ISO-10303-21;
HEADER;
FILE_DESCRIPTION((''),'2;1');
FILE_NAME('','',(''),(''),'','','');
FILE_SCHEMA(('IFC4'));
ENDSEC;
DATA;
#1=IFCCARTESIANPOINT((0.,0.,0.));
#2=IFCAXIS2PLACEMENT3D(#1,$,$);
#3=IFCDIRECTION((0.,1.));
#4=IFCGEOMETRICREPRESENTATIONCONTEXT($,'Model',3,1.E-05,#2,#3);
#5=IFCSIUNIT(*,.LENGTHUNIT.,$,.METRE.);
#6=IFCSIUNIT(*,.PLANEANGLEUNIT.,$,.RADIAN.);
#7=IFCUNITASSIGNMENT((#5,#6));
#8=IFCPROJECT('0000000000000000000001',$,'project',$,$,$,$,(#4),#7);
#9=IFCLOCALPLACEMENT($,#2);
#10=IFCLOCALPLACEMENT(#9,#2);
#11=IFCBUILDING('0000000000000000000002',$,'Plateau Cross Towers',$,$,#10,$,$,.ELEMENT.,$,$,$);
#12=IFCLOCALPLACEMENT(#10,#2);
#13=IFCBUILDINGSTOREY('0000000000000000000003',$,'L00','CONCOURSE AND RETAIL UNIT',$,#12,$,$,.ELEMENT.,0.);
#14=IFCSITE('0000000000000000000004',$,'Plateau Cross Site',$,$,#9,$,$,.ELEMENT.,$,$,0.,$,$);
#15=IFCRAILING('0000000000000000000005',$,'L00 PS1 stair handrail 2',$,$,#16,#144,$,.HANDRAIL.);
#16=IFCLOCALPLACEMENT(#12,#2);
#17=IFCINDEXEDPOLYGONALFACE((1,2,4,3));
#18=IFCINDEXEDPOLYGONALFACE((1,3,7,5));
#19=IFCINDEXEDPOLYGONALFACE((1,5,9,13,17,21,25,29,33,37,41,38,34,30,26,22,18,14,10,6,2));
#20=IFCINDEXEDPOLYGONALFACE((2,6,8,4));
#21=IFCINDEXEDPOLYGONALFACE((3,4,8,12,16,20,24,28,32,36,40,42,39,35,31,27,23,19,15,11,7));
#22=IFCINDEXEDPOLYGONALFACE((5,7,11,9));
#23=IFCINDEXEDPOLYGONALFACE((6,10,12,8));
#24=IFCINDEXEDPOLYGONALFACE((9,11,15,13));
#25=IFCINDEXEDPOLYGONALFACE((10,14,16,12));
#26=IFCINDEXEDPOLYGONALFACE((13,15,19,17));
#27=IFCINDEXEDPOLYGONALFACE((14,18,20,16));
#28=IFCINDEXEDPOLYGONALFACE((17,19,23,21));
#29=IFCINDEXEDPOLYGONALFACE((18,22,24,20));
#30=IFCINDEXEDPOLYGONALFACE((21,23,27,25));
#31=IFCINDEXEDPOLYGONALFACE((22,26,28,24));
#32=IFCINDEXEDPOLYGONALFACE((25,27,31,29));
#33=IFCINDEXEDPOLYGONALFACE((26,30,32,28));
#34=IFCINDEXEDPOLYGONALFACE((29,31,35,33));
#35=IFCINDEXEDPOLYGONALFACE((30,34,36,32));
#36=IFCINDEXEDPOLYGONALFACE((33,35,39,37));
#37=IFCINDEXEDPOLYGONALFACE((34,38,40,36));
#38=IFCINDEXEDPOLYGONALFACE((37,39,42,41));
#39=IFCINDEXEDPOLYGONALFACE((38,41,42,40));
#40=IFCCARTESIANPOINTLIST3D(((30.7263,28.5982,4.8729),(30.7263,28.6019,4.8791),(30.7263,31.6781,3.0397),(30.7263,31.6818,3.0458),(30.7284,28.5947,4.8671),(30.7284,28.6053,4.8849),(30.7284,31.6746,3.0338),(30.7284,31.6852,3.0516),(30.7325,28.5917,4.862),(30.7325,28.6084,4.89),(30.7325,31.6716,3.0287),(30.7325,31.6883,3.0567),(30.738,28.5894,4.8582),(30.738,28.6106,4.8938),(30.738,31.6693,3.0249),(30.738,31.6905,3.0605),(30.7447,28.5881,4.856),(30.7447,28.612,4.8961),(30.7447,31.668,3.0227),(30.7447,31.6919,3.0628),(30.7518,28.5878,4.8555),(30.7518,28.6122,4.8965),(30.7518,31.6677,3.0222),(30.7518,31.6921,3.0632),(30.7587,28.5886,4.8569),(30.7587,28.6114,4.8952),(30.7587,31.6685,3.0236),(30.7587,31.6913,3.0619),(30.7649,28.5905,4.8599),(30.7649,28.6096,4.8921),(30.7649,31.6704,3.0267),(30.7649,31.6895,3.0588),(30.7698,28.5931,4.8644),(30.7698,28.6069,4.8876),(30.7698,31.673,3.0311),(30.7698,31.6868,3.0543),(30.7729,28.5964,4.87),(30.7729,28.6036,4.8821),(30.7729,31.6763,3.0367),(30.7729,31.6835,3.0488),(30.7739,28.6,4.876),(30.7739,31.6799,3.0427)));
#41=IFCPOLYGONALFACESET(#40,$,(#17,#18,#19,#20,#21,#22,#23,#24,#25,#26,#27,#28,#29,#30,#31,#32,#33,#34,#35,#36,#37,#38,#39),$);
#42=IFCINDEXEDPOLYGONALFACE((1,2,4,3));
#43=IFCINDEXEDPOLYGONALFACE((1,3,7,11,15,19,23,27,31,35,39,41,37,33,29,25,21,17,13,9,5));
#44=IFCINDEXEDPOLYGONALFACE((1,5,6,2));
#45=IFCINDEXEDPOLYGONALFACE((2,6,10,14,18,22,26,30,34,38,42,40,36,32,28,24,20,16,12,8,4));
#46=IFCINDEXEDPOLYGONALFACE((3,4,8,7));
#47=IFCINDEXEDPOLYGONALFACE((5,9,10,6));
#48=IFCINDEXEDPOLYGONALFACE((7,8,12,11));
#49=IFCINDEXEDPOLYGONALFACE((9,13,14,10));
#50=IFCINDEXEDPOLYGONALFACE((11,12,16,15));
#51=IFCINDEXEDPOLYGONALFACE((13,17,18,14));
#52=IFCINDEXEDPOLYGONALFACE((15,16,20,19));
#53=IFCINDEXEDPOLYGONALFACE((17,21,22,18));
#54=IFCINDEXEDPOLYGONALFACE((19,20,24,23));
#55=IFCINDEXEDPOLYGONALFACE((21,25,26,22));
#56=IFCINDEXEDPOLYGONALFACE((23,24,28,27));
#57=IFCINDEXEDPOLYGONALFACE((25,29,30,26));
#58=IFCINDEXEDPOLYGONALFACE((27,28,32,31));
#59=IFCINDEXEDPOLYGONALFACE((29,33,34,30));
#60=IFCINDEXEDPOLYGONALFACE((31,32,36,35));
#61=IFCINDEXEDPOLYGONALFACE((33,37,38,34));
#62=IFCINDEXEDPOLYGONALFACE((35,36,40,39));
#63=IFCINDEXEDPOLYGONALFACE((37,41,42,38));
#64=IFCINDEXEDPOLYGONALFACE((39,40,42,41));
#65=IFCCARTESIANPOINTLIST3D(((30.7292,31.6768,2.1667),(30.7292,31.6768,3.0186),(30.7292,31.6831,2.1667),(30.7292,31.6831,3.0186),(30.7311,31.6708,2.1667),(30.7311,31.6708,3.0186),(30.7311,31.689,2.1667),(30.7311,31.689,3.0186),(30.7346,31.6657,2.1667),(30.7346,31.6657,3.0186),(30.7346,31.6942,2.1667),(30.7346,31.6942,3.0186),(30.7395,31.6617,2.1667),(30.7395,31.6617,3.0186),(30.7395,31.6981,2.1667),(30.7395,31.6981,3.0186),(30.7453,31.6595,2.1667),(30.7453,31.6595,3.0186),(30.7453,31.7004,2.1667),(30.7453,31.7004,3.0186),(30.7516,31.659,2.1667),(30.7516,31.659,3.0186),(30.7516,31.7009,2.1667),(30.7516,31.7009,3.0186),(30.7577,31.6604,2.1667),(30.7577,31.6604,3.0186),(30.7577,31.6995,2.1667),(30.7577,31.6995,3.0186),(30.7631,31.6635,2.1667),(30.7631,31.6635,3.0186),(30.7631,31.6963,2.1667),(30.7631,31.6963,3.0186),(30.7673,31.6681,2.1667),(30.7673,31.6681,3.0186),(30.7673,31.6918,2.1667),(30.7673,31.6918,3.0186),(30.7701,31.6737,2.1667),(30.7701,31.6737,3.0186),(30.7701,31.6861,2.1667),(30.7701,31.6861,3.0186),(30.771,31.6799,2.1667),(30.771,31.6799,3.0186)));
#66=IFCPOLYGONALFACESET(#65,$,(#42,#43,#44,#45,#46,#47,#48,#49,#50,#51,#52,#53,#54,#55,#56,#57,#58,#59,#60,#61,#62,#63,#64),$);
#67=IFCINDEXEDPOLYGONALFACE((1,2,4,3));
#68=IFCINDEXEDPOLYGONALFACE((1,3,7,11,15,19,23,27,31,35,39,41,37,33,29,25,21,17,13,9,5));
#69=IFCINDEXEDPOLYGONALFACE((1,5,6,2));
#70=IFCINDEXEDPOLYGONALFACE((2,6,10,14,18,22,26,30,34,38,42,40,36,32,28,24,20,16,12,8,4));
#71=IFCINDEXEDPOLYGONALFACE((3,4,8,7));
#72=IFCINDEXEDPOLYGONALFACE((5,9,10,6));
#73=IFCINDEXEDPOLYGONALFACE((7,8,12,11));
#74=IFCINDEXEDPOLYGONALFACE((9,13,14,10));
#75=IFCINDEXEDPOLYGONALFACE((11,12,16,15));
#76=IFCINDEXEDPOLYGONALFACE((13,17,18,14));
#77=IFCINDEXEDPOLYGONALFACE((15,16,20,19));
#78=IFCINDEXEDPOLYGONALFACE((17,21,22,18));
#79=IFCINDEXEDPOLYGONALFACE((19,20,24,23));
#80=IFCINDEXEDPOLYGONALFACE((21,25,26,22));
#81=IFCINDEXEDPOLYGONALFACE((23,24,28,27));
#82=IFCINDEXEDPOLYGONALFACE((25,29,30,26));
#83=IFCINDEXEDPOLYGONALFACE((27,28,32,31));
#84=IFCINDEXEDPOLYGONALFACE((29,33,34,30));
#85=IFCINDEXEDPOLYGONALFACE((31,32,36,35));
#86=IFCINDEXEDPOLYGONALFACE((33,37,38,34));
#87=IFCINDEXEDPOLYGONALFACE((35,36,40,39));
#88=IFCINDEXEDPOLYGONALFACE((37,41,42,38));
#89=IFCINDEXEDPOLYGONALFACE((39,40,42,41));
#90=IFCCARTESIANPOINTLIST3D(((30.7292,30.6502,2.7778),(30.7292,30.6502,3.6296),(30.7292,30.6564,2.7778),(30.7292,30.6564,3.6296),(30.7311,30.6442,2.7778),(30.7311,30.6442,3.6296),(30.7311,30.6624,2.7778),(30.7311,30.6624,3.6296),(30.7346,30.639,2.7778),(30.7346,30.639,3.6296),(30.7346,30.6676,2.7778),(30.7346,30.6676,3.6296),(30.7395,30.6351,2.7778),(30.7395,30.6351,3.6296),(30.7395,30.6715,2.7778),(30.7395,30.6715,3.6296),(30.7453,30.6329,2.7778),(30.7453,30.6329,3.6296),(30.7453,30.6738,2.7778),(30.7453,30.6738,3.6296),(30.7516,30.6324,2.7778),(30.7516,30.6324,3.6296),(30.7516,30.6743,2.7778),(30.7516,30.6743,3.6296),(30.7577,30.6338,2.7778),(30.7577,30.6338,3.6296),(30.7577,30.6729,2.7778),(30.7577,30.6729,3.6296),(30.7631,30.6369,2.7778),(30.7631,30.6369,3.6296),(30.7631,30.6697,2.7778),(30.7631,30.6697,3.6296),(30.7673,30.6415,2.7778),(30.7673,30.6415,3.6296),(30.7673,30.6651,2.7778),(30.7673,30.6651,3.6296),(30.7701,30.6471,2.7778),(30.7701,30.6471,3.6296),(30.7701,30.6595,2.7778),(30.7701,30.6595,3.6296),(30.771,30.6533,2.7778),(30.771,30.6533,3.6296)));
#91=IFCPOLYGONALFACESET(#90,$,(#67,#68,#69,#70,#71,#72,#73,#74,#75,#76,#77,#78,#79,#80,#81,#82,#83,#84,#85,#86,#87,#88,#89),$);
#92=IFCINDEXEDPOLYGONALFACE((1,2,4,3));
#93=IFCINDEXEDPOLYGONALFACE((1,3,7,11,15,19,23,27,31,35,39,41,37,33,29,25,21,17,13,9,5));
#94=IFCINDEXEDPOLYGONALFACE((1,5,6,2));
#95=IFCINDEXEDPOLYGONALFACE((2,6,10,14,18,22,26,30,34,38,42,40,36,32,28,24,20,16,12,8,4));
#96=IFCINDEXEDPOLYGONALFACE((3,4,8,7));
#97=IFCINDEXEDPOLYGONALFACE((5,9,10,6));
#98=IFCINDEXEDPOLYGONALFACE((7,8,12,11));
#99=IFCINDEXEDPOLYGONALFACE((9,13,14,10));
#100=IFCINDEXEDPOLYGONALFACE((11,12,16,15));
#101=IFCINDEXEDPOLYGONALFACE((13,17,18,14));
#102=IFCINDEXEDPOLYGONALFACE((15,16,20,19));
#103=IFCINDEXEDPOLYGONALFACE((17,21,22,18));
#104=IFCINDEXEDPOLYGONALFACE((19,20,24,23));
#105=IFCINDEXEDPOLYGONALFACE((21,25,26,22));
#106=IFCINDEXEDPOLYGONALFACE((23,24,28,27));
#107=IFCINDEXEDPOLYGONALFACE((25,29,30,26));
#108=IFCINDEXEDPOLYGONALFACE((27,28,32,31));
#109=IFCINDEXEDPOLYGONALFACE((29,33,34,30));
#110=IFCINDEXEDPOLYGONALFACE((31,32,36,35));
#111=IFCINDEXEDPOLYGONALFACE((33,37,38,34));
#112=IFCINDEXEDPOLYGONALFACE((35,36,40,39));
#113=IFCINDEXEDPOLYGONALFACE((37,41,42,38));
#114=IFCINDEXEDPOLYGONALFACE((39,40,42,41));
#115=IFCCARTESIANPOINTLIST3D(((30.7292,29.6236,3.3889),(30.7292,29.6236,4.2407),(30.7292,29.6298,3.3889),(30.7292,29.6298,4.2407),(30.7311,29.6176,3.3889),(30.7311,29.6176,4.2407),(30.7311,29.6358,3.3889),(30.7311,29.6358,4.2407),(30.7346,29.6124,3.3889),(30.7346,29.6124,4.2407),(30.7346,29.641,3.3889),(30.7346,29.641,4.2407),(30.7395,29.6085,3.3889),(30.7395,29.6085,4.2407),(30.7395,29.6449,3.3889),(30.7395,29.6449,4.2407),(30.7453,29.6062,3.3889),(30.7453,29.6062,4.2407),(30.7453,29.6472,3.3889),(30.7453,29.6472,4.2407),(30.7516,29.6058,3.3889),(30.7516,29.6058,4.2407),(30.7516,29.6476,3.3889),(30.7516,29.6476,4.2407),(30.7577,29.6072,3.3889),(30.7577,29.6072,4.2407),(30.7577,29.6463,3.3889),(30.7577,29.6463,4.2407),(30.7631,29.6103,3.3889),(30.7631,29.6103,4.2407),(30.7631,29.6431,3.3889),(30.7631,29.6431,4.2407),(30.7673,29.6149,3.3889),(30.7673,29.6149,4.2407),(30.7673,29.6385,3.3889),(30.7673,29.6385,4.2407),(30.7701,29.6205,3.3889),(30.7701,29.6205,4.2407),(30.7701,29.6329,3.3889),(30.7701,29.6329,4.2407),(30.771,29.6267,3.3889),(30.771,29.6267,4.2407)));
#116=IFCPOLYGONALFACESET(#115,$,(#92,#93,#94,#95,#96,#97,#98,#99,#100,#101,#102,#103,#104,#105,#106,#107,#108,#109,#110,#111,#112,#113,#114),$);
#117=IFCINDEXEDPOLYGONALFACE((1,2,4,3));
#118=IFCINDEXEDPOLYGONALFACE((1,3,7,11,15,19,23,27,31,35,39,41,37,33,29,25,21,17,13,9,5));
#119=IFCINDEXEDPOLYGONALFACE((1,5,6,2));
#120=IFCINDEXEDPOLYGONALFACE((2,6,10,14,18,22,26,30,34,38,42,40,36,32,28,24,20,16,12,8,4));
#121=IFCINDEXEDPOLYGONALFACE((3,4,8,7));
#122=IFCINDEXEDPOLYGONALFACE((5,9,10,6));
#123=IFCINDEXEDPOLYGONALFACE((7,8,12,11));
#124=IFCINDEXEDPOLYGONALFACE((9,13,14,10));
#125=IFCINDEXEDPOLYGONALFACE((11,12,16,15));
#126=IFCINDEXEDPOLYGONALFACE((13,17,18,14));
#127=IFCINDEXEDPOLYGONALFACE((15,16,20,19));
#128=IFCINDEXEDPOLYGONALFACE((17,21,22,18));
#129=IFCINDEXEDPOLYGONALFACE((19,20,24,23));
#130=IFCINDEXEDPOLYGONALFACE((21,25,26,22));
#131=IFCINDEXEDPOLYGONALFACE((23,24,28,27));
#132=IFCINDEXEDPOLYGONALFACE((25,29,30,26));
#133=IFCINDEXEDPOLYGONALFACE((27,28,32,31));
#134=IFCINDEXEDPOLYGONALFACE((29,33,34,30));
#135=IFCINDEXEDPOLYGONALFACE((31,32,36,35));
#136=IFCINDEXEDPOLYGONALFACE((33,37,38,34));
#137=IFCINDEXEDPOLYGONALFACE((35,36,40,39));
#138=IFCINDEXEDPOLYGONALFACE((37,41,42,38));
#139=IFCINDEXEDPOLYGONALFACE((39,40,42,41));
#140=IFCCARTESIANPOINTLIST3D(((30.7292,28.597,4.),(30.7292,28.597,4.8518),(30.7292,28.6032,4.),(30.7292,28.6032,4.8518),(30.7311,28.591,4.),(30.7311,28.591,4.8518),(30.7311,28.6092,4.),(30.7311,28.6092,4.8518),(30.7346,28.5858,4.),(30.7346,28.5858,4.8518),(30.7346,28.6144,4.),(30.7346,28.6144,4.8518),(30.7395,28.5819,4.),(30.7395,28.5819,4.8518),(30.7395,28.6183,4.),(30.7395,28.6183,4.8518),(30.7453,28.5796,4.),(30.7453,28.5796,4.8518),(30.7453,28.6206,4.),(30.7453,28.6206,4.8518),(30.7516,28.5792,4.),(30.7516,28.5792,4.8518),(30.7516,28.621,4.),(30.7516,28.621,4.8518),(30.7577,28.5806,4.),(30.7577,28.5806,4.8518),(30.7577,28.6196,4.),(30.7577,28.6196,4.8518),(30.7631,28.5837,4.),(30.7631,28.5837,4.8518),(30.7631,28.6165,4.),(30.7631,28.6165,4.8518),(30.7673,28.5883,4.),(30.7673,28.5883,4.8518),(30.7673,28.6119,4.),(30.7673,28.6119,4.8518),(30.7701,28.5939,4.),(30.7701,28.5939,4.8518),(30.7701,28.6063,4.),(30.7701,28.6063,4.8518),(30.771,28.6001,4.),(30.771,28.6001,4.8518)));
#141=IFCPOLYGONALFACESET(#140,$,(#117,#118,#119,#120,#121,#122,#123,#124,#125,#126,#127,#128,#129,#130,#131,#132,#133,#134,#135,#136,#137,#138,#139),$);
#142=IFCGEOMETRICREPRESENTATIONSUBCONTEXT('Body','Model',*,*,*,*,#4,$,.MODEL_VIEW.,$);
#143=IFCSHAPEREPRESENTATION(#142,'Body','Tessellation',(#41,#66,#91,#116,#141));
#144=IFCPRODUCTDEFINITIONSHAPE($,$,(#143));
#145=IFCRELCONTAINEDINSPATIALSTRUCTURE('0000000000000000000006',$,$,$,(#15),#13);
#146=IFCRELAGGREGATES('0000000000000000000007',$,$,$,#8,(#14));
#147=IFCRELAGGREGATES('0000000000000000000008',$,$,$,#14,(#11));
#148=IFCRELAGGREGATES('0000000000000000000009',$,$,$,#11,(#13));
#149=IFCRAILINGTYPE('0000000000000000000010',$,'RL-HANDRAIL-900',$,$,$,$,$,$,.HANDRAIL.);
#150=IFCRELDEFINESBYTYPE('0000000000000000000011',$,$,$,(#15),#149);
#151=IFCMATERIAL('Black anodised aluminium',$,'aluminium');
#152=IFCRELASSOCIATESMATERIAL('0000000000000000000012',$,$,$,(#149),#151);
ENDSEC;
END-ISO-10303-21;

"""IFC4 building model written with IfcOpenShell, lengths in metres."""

from ifc_helpers import new_model, si_unit, direction, frame, origin, origin_2d, place, context, subcontext, project, spatial, circle, extrude, material, type_object, element, save


model = new_model("IFC4")

# Units and contexts
model_context = context("Model", 3, precision=1e-05, world=origin(), true_north=direction((0.0, 1.0)))
body_context = subcontext(model_context, "Body", "Model", "MODEL_VIEW")
ifc_project = project(units=[si_unit("LENGTHUNIT", "METRE"), si_unit("PLANEANGLEUNIT", "RADIAN")], contexts=[model_context])

# Site, building, storey
site_placement = place(None, origin())
site = spatial("IfcSite", under=ifc_project, at=site_placement, Name="Plateau Cross Site", CompositionType="ELEMENT", RefElevation=0.0)
building_placement = place(site_placement, origin())
building = spatial("IfcBuilding", under=site, at=building_placement, Name="Plateau Cross Towers", CompositionType="ELEMENT")
storey_placement = place(building_placement, origin())
storey = spatial("IfcBuildingStorey", under=building, at=storey_placement, Name="L00", Description="CONCOURSE AND RETAIL UNIT", CompositionType="ELEMENT", Elevation=0.0)

# Railing
ifc_material_1 = material(Name="Black anodised aluminium", Category="aluminium")
railing_type_1 = type_object("IfcRailingType", Name="RL-HANDRAIL-900", PredefinedType="HANDRAIL", material=ifc_material_1)
for number, where, name in (
    (1, (30.75, 31.6799, 2.1667), "L00 PS1 stair handrail 2"),
):
    element("IfcRailing", number, at=place(storey_placement, frame(where)), inside=storey, type_object=railing_type_1, Name=name, PredefinedType="HANDRAIL", context=body_context, shape_type="SweptSolid", body=[
        extrude(circle(Radius=0.0239, at=origin_2d()), frame((0.0, 0.0, 0.876), z_axis=(0.0, -0.859291, 0.511487), x_axis=(1.0, 0.0, 0.0)), (0.0, 0.0, 1.0), 3.5842),
        extrude(circle(Radius=0.021, at=origin_2d()), origin(), (0.0, 0.0, 1.0), 0.8518),
        extrude(circle(Radius=0.021, at=origin_2d()), frame((0.0, -1.0266, 0.6111)), (0.0, 0.0, 1.0), 0.8518),
        extrude(circle(Radius=0.021, at=origin_2d()), frame((0.0, -2.0532, 1.2222)), (0.0, 0.0, 1.0), 0.8518),
        extrude(circle(Radius=0.021, at=origin_2d()), frame((0.0, -3.0798, 1.8333)), (0.0, 0.0, 1.0), 0.8518),
    ])

save(model, "model.ifc")
